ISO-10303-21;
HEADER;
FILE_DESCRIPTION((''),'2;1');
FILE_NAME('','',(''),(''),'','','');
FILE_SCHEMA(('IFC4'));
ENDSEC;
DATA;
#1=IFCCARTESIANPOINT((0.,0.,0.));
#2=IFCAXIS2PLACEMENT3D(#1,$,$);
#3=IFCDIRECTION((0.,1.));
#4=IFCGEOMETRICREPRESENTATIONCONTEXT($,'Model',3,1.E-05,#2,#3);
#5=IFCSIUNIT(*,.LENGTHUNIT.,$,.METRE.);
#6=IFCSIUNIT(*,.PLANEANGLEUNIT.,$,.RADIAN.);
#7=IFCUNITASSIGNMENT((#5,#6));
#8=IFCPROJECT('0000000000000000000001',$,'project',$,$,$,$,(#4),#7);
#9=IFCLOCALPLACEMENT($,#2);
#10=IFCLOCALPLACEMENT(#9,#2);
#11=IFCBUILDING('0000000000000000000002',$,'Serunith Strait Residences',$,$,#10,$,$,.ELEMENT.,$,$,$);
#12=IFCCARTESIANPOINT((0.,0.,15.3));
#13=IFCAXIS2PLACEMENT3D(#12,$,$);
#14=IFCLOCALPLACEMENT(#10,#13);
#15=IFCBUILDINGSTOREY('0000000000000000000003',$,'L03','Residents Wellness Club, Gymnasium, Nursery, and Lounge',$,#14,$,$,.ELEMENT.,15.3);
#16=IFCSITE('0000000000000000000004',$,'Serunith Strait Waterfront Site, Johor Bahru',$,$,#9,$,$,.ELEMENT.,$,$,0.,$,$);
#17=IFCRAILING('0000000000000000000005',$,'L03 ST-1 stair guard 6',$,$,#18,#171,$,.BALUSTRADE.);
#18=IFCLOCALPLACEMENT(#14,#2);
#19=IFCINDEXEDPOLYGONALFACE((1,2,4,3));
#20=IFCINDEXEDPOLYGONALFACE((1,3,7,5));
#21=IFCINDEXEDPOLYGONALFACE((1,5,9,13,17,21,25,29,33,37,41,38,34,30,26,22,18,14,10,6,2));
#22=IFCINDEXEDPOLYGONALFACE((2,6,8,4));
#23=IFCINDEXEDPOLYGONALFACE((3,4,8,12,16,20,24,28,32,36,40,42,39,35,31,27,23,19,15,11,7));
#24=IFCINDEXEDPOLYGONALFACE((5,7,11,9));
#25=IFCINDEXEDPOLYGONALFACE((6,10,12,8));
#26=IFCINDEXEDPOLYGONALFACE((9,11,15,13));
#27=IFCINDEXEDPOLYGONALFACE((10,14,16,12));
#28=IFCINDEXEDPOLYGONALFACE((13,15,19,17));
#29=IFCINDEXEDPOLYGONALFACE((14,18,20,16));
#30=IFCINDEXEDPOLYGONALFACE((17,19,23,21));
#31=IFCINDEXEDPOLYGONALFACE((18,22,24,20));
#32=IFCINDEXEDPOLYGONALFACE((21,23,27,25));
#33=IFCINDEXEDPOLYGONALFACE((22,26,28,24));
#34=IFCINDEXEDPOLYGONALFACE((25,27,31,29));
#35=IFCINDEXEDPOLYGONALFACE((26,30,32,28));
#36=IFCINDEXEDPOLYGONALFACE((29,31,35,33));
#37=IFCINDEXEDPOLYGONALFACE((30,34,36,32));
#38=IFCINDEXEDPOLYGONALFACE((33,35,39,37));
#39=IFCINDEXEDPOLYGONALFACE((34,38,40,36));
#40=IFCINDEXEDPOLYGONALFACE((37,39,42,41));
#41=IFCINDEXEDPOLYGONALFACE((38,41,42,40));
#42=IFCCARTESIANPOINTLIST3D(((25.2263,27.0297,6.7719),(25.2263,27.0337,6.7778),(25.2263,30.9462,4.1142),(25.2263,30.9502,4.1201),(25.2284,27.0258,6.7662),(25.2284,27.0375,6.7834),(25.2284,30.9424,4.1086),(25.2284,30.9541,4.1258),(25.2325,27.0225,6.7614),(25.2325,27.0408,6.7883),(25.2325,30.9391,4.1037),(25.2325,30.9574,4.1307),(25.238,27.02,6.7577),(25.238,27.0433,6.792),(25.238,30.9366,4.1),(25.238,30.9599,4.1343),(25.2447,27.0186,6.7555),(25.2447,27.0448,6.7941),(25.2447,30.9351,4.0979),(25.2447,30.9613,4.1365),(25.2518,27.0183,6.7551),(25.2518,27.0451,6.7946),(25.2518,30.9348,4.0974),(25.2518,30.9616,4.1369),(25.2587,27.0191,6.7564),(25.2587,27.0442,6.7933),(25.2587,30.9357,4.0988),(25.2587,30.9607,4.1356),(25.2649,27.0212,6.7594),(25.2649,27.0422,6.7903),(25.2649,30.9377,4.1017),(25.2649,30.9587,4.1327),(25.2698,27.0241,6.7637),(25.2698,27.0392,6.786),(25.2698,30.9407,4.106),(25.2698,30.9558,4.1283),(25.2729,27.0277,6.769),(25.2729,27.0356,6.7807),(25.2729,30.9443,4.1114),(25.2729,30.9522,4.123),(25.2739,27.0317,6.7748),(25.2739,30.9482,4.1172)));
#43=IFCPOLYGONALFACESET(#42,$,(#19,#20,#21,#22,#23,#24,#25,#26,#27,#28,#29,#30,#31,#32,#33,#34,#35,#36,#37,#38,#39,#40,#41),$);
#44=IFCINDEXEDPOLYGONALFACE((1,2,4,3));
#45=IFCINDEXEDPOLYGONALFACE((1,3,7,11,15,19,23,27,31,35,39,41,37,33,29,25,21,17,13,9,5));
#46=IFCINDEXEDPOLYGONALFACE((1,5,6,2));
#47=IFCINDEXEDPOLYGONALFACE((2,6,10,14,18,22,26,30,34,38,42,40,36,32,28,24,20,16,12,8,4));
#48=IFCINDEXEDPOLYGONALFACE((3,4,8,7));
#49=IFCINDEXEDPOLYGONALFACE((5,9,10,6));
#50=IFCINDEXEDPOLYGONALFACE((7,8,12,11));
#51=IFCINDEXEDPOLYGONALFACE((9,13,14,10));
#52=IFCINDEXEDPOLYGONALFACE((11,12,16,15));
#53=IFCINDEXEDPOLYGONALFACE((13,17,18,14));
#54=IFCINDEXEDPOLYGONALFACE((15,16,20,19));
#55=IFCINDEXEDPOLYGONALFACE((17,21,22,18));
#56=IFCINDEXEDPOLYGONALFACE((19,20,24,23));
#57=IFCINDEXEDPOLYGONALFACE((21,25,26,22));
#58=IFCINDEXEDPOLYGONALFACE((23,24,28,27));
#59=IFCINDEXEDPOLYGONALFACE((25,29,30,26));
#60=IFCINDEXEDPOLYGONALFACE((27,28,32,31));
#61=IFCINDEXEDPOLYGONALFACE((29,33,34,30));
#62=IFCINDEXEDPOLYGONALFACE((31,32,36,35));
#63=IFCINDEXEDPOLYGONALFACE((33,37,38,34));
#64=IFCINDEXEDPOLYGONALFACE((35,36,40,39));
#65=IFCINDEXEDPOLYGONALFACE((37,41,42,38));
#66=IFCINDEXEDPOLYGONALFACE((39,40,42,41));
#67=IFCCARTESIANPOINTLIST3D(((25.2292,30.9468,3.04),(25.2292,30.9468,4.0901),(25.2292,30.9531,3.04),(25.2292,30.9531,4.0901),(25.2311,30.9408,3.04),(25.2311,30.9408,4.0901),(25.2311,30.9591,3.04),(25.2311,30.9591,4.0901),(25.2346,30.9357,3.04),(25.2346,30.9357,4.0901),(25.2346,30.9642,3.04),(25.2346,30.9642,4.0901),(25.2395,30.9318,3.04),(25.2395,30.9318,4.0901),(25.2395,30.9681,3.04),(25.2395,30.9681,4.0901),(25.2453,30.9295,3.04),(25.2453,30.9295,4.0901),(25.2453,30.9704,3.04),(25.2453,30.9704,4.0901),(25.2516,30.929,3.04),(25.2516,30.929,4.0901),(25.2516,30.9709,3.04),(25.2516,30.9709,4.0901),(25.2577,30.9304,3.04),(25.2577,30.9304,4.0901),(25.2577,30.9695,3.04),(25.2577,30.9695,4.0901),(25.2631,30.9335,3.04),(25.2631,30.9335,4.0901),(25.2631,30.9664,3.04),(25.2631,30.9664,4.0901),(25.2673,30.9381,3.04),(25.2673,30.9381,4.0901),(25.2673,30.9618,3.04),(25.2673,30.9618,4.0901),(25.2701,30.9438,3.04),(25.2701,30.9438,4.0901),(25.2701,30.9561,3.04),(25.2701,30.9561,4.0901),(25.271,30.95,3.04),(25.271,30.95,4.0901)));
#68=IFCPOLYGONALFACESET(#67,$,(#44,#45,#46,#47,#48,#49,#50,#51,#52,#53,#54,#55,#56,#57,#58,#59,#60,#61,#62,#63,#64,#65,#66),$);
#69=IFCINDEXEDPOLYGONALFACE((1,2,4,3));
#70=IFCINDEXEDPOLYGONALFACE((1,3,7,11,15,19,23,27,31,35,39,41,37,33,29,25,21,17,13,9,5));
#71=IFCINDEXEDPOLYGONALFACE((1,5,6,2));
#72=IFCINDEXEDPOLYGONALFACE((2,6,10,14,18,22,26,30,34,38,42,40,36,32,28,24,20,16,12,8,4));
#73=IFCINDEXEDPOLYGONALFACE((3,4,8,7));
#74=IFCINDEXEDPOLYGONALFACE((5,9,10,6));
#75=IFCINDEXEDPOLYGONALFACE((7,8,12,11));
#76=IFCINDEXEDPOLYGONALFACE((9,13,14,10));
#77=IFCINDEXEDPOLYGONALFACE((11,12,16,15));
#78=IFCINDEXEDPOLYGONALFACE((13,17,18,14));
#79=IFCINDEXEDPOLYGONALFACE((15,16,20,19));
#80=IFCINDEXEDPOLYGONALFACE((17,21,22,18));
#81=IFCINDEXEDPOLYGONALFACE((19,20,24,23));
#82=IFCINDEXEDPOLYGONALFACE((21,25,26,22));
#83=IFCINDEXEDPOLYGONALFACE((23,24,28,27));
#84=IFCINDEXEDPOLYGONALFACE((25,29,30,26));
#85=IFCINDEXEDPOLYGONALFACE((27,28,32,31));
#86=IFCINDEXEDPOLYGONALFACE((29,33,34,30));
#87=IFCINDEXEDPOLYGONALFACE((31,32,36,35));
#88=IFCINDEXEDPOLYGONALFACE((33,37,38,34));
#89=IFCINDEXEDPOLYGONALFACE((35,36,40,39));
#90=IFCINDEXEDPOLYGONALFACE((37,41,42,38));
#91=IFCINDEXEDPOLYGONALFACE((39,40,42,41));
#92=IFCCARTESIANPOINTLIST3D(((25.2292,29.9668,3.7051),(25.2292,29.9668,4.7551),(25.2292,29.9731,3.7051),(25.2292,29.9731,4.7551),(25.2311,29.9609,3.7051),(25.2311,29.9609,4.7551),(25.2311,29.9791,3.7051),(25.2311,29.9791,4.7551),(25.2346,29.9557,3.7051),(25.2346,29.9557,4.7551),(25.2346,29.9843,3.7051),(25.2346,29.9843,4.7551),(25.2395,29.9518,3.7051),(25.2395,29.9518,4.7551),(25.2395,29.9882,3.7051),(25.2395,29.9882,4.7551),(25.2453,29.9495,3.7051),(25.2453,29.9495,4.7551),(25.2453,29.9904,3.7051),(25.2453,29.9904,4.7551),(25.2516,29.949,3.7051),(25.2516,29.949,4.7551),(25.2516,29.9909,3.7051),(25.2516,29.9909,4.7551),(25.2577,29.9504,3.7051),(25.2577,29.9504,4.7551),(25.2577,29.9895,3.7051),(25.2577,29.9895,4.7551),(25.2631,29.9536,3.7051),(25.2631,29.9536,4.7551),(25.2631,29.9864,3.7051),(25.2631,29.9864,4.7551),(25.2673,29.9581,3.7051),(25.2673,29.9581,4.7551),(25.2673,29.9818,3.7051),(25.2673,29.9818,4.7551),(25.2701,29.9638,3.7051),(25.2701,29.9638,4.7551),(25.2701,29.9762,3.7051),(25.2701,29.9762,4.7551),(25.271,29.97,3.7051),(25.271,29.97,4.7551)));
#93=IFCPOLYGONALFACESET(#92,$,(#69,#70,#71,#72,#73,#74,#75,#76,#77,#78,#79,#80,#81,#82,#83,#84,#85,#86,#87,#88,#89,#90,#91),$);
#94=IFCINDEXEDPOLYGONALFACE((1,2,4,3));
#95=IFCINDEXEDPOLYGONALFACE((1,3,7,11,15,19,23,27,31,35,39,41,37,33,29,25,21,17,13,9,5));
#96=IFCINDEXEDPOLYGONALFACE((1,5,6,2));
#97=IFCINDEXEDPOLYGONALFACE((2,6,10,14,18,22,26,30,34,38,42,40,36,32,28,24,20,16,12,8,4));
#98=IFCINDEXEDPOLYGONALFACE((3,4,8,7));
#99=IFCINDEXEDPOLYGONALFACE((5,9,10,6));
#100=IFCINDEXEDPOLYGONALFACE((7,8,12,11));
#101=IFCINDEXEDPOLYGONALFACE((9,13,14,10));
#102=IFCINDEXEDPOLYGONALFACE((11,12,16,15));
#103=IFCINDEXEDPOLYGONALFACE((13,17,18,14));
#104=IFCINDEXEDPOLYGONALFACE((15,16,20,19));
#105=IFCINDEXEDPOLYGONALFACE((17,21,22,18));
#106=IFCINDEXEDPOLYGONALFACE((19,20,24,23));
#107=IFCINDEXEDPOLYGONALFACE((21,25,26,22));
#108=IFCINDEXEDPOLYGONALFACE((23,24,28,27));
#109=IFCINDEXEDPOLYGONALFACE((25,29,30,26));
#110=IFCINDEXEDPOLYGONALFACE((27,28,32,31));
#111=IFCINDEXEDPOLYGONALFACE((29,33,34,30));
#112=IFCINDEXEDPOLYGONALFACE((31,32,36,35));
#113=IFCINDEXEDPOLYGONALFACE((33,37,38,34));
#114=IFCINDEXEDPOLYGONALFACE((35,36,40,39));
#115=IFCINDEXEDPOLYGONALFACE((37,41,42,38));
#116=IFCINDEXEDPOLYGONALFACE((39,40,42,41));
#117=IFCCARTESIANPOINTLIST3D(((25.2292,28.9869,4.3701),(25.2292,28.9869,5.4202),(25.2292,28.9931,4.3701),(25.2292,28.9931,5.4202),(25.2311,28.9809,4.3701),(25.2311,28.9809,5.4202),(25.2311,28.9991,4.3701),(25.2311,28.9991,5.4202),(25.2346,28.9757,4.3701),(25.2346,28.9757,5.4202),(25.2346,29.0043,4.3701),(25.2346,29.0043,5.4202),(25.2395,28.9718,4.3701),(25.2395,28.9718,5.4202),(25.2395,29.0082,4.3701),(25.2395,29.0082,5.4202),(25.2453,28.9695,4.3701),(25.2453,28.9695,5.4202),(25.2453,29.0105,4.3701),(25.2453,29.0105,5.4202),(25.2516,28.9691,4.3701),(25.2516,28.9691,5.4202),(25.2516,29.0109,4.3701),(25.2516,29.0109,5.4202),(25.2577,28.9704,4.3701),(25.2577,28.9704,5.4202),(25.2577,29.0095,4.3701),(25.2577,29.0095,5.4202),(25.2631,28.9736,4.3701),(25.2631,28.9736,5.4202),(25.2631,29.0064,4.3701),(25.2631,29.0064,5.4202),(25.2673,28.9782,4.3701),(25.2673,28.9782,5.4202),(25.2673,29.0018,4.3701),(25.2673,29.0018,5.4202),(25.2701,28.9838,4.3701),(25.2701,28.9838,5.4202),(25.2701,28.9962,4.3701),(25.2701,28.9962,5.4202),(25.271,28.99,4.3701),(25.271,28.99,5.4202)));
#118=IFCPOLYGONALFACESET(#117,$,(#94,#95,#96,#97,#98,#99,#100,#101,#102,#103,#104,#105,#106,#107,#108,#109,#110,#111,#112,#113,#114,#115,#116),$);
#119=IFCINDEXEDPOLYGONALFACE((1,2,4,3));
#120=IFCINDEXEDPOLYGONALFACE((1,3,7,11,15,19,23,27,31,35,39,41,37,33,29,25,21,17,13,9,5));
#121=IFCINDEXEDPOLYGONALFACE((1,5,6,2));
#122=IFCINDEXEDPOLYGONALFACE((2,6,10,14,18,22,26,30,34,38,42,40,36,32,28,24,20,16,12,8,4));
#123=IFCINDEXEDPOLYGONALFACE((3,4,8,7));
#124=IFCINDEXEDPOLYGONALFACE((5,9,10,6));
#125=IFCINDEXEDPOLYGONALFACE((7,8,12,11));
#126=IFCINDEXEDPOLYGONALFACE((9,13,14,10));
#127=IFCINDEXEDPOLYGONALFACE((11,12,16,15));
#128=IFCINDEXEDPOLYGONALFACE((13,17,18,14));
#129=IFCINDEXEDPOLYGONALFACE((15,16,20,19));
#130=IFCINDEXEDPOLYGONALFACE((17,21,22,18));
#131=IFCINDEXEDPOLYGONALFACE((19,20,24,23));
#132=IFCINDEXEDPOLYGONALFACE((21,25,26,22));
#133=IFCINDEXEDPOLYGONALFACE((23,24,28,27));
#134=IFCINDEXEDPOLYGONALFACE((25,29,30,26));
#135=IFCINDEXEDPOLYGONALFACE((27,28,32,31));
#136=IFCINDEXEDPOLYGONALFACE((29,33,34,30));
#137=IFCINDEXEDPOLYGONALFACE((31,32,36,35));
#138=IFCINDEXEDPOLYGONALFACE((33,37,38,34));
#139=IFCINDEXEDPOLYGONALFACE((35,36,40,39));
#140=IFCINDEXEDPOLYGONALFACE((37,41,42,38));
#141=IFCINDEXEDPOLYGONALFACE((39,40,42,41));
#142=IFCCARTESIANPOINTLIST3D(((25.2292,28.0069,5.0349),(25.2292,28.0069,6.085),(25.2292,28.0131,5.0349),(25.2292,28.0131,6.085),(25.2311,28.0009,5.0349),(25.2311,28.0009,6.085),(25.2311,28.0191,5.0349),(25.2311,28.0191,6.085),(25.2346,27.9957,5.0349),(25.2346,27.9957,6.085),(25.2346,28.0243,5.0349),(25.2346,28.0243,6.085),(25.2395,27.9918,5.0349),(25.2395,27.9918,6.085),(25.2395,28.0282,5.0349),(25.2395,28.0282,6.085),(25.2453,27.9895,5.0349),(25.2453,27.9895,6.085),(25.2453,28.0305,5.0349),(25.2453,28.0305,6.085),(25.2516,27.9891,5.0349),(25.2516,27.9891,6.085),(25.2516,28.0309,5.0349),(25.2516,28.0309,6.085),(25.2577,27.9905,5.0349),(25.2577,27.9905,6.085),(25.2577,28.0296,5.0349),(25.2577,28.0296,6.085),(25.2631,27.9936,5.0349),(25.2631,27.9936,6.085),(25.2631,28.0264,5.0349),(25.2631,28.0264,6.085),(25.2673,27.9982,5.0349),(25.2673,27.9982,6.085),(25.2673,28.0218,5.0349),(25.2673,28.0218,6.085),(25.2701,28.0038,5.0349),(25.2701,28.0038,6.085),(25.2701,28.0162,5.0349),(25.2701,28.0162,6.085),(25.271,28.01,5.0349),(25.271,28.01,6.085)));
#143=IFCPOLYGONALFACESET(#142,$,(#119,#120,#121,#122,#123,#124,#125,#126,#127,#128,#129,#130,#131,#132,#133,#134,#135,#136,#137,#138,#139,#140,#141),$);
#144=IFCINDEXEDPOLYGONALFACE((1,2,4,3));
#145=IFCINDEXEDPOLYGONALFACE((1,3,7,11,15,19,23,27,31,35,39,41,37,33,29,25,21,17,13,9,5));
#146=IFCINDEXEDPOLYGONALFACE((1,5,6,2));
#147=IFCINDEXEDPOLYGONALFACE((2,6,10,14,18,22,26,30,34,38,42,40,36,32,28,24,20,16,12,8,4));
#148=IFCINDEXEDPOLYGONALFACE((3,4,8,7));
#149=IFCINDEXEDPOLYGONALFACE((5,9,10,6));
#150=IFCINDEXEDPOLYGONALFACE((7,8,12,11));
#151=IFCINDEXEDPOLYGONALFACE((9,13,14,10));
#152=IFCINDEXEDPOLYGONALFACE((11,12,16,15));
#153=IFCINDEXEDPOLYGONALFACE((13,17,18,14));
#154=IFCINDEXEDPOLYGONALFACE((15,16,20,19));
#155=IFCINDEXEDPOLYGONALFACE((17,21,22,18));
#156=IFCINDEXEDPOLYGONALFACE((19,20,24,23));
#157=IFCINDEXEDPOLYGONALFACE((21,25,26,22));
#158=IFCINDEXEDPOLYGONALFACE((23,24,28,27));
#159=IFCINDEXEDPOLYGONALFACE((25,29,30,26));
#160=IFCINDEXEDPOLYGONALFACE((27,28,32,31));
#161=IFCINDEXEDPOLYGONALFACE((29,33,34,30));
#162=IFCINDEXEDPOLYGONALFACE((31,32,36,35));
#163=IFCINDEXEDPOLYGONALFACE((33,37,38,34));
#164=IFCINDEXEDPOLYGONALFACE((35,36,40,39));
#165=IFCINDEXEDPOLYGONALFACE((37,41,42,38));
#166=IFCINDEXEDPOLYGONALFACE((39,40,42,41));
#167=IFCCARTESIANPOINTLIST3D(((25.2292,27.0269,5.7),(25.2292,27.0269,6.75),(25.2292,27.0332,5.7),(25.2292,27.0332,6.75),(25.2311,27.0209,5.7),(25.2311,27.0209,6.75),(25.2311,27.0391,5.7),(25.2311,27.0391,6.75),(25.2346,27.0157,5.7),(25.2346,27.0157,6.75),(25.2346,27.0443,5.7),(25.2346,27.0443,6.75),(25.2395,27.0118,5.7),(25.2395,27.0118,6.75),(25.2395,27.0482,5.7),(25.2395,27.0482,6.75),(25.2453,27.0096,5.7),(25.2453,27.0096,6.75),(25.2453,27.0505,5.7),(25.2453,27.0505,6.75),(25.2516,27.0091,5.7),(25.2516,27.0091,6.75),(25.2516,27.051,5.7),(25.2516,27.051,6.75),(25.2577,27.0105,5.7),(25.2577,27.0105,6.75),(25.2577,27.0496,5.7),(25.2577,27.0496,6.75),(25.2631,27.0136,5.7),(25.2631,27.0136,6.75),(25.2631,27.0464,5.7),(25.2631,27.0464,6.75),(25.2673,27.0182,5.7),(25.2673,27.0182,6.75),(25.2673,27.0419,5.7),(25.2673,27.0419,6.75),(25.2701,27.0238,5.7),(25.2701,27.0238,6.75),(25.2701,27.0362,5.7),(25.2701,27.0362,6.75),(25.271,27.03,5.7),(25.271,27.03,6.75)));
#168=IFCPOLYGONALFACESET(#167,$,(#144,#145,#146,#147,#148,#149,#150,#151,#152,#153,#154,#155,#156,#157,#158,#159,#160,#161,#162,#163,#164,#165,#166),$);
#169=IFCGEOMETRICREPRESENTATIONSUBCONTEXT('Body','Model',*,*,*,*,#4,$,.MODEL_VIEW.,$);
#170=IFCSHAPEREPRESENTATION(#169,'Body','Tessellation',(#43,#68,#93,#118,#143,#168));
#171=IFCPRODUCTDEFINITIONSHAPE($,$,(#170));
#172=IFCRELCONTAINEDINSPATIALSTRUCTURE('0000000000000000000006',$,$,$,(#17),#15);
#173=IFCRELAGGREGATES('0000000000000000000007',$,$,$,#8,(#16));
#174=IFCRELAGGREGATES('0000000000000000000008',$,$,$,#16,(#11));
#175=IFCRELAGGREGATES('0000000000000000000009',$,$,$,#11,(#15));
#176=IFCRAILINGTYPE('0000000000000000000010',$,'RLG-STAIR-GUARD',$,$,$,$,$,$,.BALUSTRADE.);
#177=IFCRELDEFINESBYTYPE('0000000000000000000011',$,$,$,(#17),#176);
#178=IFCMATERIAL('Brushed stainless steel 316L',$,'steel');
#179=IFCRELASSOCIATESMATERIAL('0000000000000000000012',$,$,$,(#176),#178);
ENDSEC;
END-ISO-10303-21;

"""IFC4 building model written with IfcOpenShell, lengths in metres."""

from ifc_helpers import new_model, si_unit, direction, frame, origin, origin_2d, place, context, subcontext, project, spatial, circle, extrude, material, type_object, element, save


model = new_model("IFC4")

# Units and contexts
model_context = context("Model", 3, precision=1e-05, world=origin(), true_north=direction((0.0, 1.0)))
body_context = subcontext(model_context, "Body", "Model", "MODEL_VIEW")
ifc_project = project(units=[si_unit("LENGTHUNIT", "METRE"), si_unit("PLANEANGLEUNIT", "RADIAN")], contexts=[model_context])

# Site, building, storey
site_placement = place(None, origin())
site = spatial("IfcSite", under=ifc_project, at=site_placement, Name="Serunith Strait Waterfront Site, Johor Bahru", CompositionType="ELEMENT", RefElevation=0.0)
building_placement = place(site_placement, origin())
building = spatial("IfcBuilding", under=site, at=building_placement, Name="Serunith Strait Residences", CompositionType="ELEMENT")
storey_placement = place(building_placement, frame((0.0, 0.0, 15.3)))
storey = spatial("IfcBuildingStorey", under=building, at=storey_placement, Name="L03", Description="Residents Wellness Club, Gymnasium, Nursery, and Lounge", CompositionType="ELEMENT", Elevation=15.3)

# Railing
ifc_material_1 = material(Name="Brushed stainless steel 316L", Category="steel")
railing_type_1 = type_object("IfcRailingType", Name="RLG-STAIR-GUARD", PredefinedType="BALUSTRADE", material=ifc_material_1)
railing_1_placement = place(storey_placement, frame((25.25, 30.95, 3.04)))
element("IfcRailing", 1, at=railing_1_placement, inside=storey, type_object=railing_type_1, Name="L03 ST-1 stair guard 6", PredefinedType="BALUSTRADE", context=body_context, shape_type="SweptSolid", body=[
    extrude(circle(Radius=0.0239, at=origin_2d()), frame((0.0, -0.0017, 1.0771), z_axis=(0.0, -0.827479, 0.561496), x_axis=(1.0, 0.0, 0.0)), (0.0, 0.0, 1.0), 4.7332),
    extrude(circle(Radius=0.021, at=origin_2d()), origin(), (0.0, 0.0, 1.0), 1.05),
    extrude(circle(Radius=0.021, at=origin_2d()), frame((0.0, -0.98, 0.665)), (0.0, 0.0, 1.0), 1.05),
    extrude(circle(Radius=0.021, at=origin_2d()), frame((0.0, -1.96, 1.3301)), (0.0, 0.0, 1.0), 1.05),
    extrude(circle(Radius=0.021, at=origin_2d()), frame((0.0, -2.9399, 1.9949)), (0.0, 0.0, 1.0), 1.05),
    extrude(circle(Radius=0.021, at=origin_2d()), frame((0.0, -3.9199, 2.6599)), (0.0, 0.0, 1.0), 1.05),
])

save(model, "model.ifc")
